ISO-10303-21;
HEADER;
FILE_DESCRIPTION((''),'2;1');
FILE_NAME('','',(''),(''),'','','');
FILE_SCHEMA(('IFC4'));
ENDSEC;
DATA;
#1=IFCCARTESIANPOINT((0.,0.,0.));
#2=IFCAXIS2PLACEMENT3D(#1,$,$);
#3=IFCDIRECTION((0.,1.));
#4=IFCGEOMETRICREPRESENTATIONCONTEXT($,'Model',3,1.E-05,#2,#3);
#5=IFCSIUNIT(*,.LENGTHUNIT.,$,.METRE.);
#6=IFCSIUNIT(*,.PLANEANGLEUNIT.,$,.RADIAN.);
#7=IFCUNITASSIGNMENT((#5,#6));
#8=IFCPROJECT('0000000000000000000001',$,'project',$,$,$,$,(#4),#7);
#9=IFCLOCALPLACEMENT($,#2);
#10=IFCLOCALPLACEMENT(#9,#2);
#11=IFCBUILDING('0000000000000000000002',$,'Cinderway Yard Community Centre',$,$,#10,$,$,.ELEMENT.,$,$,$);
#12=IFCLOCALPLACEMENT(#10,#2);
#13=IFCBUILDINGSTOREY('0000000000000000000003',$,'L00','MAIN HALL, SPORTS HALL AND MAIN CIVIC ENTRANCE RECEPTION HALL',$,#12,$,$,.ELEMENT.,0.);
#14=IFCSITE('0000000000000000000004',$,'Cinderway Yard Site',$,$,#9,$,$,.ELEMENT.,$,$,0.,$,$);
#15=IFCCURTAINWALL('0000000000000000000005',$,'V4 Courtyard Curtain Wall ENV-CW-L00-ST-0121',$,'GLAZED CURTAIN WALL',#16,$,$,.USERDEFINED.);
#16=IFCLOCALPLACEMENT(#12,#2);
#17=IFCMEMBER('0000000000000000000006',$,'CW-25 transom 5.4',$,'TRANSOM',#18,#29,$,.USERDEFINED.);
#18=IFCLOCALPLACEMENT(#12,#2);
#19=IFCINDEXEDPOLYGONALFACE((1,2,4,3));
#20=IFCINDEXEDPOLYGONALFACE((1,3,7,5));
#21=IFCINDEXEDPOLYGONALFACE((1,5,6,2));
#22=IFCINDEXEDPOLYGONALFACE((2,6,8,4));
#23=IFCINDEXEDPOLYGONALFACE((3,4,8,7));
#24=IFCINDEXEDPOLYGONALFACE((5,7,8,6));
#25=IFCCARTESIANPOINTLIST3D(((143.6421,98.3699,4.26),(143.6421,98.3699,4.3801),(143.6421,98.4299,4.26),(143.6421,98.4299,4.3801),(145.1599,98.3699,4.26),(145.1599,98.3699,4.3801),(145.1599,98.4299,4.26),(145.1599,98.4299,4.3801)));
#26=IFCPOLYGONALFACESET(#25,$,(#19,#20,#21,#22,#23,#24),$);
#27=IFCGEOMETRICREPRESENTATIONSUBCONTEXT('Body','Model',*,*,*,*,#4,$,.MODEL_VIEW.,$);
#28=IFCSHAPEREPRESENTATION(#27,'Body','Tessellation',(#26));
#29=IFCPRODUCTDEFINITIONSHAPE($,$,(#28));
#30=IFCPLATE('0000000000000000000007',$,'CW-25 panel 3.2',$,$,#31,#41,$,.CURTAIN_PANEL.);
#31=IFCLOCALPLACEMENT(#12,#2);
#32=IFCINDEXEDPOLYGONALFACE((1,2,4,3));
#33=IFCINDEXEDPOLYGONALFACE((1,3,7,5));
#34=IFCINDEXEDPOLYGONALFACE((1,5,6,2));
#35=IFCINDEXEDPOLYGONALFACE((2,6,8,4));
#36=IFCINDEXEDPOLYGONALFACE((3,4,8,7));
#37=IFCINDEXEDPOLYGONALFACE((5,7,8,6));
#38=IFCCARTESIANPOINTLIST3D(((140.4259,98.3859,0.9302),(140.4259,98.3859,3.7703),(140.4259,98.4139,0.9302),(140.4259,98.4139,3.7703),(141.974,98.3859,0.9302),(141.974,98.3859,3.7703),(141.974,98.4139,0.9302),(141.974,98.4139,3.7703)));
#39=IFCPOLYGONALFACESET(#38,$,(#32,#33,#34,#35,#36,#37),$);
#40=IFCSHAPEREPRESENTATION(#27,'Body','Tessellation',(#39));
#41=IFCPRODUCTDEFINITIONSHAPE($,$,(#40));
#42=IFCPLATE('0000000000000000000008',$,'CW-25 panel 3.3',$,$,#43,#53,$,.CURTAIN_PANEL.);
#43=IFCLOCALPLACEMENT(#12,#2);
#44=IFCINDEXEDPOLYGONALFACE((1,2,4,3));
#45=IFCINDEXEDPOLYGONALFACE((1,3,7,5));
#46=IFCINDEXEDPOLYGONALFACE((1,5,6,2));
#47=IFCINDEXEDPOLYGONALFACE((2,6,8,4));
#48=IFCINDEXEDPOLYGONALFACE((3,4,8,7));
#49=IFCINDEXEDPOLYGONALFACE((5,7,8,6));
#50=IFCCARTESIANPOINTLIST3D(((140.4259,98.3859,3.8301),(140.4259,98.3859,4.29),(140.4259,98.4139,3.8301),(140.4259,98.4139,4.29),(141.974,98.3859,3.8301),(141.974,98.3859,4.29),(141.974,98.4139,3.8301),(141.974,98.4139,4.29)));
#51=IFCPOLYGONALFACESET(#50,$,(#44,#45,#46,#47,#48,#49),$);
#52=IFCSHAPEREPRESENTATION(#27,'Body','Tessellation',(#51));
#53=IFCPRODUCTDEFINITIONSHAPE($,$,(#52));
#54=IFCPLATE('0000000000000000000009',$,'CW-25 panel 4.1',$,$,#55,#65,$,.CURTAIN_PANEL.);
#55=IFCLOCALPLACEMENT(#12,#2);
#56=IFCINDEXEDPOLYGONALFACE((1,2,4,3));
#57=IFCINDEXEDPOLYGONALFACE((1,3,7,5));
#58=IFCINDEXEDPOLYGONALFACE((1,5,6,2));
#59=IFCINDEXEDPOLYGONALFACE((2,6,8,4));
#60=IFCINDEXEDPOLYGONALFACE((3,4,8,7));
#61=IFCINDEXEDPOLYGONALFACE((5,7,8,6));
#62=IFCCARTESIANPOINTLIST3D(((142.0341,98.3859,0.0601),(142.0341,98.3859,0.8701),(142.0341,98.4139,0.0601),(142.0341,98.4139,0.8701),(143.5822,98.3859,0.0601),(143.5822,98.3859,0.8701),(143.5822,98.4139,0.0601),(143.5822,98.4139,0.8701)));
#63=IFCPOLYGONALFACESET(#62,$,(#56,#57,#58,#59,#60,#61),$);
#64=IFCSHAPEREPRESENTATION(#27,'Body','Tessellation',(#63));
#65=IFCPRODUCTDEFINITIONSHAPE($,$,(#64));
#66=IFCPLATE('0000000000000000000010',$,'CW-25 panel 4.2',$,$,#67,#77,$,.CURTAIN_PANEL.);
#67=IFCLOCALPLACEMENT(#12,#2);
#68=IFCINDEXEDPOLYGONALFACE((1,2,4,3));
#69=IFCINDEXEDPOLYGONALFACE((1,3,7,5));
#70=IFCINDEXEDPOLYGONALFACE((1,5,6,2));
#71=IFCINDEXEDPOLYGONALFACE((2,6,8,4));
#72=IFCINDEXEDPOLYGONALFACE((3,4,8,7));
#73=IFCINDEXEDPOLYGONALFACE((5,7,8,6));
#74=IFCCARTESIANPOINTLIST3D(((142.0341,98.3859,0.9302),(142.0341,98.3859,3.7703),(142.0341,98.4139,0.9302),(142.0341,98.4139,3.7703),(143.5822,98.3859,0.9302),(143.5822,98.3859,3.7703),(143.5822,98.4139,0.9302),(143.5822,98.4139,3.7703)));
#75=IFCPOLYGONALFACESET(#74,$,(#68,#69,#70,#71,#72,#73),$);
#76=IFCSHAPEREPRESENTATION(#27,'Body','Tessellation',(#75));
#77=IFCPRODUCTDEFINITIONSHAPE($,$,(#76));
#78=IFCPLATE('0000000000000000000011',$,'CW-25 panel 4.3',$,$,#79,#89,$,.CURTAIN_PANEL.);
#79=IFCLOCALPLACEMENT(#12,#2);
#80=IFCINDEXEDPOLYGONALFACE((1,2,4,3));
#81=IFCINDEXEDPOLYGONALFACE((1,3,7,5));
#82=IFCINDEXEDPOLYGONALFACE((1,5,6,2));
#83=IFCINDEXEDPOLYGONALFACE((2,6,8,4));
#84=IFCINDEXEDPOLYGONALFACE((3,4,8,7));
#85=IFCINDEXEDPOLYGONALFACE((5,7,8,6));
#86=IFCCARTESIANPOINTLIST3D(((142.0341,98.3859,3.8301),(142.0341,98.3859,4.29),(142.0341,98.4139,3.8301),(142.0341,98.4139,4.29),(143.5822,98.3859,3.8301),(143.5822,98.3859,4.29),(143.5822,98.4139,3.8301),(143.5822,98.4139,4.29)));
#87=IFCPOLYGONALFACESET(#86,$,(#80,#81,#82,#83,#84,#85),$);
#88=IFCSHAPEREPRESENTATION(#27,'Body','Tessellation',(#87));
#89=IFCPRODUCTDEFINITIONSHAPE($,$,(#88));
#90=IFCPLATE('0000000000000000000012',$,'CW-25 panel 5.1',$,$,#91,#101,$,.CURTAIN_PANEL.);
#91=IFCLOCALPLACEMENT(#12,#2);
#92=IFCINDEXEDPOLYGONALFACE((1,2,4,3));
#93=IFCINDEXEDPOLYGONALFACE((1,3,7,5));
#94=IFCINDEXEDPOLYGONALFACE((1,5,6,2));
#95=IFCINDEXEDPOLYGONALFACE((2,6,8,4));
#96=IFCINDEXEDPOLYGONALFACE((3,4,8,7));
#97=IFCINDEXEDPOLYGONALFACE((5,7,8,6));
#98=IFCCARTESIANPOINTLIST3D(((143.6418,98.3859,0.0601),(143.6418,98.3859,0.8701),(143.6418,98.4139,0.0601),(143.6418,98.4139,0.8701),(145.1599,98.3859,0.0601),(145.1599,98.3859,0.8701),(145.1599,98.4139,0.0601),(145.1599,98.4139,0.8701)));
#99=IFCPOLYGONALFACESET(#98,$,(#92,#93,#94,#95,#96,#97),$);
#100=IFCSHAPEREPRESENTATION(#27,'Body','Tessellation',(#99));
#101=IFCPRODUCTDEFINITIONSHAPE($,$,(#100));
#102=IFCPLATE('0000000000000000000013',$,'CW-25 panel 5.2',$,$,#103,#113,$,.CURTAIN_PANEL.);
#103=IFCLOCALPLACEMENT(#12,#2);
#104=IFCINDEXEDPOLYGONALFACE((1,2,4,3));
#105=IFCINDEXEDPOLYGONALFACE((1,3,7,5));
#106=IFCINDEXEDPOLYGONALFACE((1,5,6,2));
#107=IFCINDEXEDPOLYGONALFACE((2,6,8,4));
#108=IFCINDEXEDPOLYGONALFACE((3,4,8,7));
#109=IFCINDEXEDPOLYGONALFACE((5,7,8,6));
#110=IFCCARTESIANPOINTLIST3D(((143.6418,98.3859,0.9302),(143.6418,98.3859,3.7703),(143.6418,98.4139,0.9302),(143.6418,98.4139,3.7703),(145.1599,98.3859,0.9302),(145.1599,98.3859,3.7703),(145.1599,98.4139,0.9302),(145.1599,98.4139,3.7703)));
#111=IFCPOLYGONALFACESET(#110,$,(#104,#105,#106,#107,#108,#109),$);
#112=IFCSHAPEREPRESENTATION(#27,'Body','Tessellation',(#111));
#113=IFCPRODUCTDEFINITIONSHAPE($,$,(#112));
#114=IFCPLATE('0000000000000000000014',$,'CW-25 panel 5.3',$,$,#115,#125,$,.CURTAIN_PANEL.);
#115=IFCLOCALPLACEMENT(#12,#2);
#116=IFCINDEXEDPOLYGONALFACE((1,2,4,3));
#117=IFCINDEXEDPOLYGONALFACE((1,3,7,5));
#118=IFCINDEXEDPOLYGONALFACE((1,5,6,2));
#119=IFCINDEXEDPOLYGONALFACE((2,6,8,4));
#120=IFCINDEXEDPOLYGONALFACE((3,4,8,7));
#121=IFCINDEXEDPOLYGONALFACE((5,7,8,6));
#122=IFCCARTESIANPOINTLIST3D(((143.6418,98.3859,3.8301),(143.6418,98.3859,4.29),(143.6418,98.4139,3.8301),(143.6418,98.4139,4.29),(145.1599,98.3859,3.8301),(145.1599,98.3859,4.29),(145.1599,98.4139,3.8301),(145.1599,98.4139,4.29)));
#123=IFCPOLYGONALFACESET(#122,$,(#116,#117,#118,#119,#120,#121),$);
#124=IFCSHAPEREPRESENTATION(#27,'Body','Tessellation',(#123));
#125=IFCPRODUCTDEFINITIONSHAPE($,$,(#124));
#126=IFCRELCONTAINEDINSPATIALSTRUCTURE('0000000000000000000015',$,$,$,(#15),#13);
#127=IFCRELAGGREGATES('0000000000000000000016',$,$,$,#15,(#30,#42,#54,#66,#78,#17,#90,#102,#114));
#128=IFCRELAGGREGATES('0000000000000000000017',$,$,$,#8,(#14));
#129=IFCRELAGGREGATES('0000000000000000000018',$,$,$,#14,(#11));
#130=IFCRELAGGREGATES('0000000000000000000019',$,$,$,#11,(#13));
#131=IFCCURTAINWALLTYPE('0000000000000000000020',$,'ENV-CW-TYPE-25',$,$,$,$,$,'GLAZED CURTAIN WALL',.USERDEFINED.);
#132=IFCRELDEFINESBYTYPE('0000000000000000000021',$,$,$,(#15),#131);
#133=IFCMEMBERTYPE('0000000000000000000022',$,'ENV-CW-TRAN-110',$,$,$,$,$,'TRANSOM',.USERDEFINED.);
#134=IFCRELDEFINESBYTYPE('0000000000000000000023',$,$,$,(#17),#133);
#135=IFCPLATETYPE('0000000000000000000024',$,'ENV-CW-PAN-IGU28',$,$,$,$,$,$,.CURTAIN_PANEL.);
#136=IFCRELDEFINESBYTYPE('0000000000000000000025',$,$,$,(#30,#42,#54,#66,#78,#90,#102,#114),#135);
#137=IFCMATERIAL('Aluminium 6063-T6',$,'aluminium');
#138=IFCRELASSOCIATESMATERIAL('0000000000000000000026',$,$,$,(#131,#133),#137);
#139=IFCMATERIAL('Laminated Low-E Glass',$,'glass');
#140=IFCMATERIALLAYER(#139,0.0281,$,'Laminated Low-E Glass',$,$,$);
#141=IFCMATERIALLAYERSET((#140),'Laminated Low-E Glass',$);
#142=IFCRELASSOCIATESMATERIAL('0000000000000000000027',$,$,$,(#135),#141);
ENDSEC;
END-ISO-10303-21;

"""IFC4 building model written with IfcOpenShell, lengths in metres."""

from ifc_helpers import new_model, si_unit, direction, frame, origin, origin_2d, place, context, subcontext, project, spatial, rectangle, extrude, material, layer, layer_set, material_profile, profile_set, type_object, element, aggregate, save


model = new_model("IFC4")

# Units and contexts
model_context = context("Model", 3, precision=1e-05, world=origin(), true_north=direction((0.0, 1.0)))
body_context = subcontext(model_context, "Body", "Model", "MODEL_VIEW")
ifc_project = project(units=[si_unit("LENGTHUNIT", "METRE"), si_unit("PLANEANGLEUNIT", "RADIAN")], contexts=[model_context])

# Site, building, storey
site_placement = place(None, origin())
site = spatial("IfcSite", under=ifc_project, at=site_placement, Name="Cinderway Yard Site", CompositionType="ELEMENT", RefElevation=0.0)
building_placement = place(site_placement, origin())
building = spatial("IfcBuilding", under=site, at=building_placement, Name="Cinderway Yard Community Centre", CompositionType="ELEMENT")
storey_placement = place(building_placement, origin())
storey = spatial("IfcBuildingStorey", under=building, at=storey_placement, Name="L00", Description="MAIN HALL, SPORTS HALL AND MAIN CIVIC ENTRANCE RECEPTION HALL", CompositionType="ELEMENT", Elevation=0.0)

# Curtain wall, member, plates
ifc_material_1 = material(Name="Aluminium 6063-T6", Category="aluminium")
curtain_wall_type = type_object("IfcCurtainWallType", Name="ENV-CW-TYPE-25", ElementType="GLAZED CURTAIN WALL", PredefinedType="USERDEFINED", material=ifc_material_1)
curtain_wall_placement = place(storey_placement, origin())
curtain_wall = element("IfcCurtainWall", 1, at=curtain_wall_placement, inside=storey, type_object=curtain_wall_type, Name="V4 Courtyard Curtain Wall ENV-CW-L00-ST-0121", ObjectType="GLAZED CURTAIN WALL", PredefinedType="USERDEFINED")
ifc_material_profile_1 = material_profile(ifc_material_1, rectangle(XDim=0.0601, YDim=0.1201, at=origin_2d()), Name="Aluminium 6063-T6")
ifc_profile_set_1 = profile_set([ifc_material_profile_1], Name="Aluminium 6063-T6")
member_type_1 = type_object("IfcMemberType", Name="ENV-CW-TRAN-110", ElementType="TRANSOM", PredefinedType="USERDEFINED", material=ifc_profile_set_1)
member_1_placement = place(storey_placement, frame((143.6421, 98.3999, 4.3201), z_axis=(1.0, 0.0, 0.0), x_axis=(0.0, 1.0, 0.0)))
member_1 = element("IfcMember", 2, at=member_1_placement, type_object=member_type_1, Name="CW-25 transom 5.4", ObjectType="TRANSOM", PredefinedType="USERDEFINED", context=body_context, shape_type="SweptSolid", body=[
    extrude(rectangle(XDim=0.0601, YDim=0.1201, at=origin_2d()), origin(), (0.0, 0.0, 1.0), 1.5178),
])
ifc_material_2 = material(Name="Laminated Low-E Glass", Category="glass")
ifc_layer = layer(ifc_material_2, 0.0281, Name="Laminated Low-E Glass")
ifc_layer_set = layer_set([ifc_layer], Name="Laminated Low-E Glass")
plate_type = type_object("IfcPlateType", Name="ENV-CW-PAN-IGU28", PredefinedType="CURTAIN_PANEL", material=ifc_layer_set)
plate_1_placement = place(storey_placement, frame((141.2, 98.3999, 0.9302), z_axis=(0.0, 0.0, 1.0), x_axis=(1.0, 0.0, 0.0)))
plate_1 = element("IfcPlate", 3, at=plate_1_placement, type_object=plate_type, Name="CW-25 panel 3.2", PredefinedType="CURTAIN_PANEL", context=body_context, shape_type="SweptSolid", body=[
    extrude(rectangle(XDim=1.5481, YDim=0.0281, at=origin_2d()), origin(), (0.0, 0.0, 1.0), 2.8401),
])
plate_2_placement = place(storey_placement, frame((141.2, 98.3999, 3.8301), z_axis=(0.0, 0.0, 1.0), x_axis=(1.0, 0.0, 0.0)))
plate_2 = element("IfcPlate", 4, at=plate_2_placement, type_object=plate_type, Name="CW-25 panel 3.3", PredefinedType="CURTAIN_PANEL", context=body_context, shape_type="SweptSolid", body=[
    extrude(rectangle(XDim=1.5481, YDim=0.0281, at=origin_2d()), origin(), (0.0, 0.0, 1.0), 0.46),
])
plate_3_placement = place(storey_placement, frame((142.8081, 98.3999, 0.0601), z_axis=(0.0, 0.0, 1.0), x_axis=(1.0, 0.0, 0.0)))
plate_3 = element("IfcPlate", 5, at=plate_3_placement, type_object=plate_type, Name="CW-25 panel 4.1", PredefinedType="CURTAIN_PANEL", context=body_context, shape_type="SweptSolid", body=[
    extrude(rectangle(XDim=1.5481, YDim=0.0281, at=origin_2d()), origin(), (0.0, 0.0, 1.0), 0.8101),
])
plate_4_placement = place(storey_placement, frame((142.8081, 98.3999, 0.9302), z_axis=(0.0, 0.0, 1.0), x_axis=(1.0, 0.0, 0.0)))
plate_4 = element("IfcPlate", 6, at=plate_4_placement, type_object=plate_type, Name="CW-25 panel 4.2", PredefinedType="CURTAIN_PANEL", context=body_context, shape_type="SweptSolid", body=[
    extrude(rectangle(XDim=1.5481, YDim=0.0281, at=origin_2d()), origin(), (0.0, 0.0, 1.0), 2.8401),
])
plate_5_placement = place(storey_placement, frame((142.8081, 98.3999, 3.8301), z_axis=(0.0, 0.0, 1.0), x_axis=(1.0, 0.0, 0.0)))
plate_5 = element("IfcPlate", 7, at=plate_5_placement, type_object=plate_type, Name="CW-25 panel 4.3", PredefinedType="CURTAIN_PANEL", context=body_context, shape_type="SweptSolid", body=[
    extrude(rectangle(XDim=1.5481, YDim=0.0281, at=origin_2d()), origin(), (0.0, 0.0, 1.0), 0.46),
])
plate_6_placement = place(storey_placement, frame((144.4009, 98.3999, 0.0601), z_axis=(0.0, 0.0, 1.0), x_axis=(1.0, 0.0, 0.0)))
plate_6 = element("IfcPlate", 8, at=plate_6_placement, type_object=plate_type, Name="CW-25 panel 5.1", PredefinedType="CURTAIN_PANEL", context=body_context, shape_type="SweptSolid", body=[
    extrude(rectangle(XDim=1.5181, YDim=0.0281, at=origin_2d()), origin(), (0.0, 0.0, 1.0), 0.8101),
])
plate_7_placement = place(storey_placement, frame((144.4009, 98.3999, 0.9302), z_axis=(0.0, 0.0, 1.0), x_axis=(1.0, 0.0, 0.0)))
plate_7 = element("IfcPlate", 9, at=plate_7_placement, type_object=plate_type, Name="CW-25 panel 5.2", PredefinedType="CURTAIN_PANEL", context=body_context, shape_type="SweptSolid", body=[
    extrude(rectangle(XDim=1.5181, YDim=0.0281, at=origin_2d()), origin(), (0.0, 0.0, 1.0), 2.8401),
])
plate_8_placement = place(storey_placement, frame((144.4009, 98.3999, 3.8301), z_axis=(0.0, 0.0, 1.0), x_axis=(1.0, 0.0, 0.0)))
plate_8 = element("IfcPlate", 10, at=plate_8_placement, type_object=plate_type, Name="CW-25 panel 5.3", PredefinedType="CURTAIN_PANEL", context=body_context, shape_type="SweptSolid", body=[
    extrude(rectangle(XDim=1.5181, YDim=0.0281, at=origin_2d()), origin(), (0.0, 0.0, 1.0), 0.46),
])
aggregate(curtain_wall, [plate_1, plate_2, plate_3, plate_4, plate_5, member_1, plate_6, plate_7, plate_8])

save(model, "model.ifc")
